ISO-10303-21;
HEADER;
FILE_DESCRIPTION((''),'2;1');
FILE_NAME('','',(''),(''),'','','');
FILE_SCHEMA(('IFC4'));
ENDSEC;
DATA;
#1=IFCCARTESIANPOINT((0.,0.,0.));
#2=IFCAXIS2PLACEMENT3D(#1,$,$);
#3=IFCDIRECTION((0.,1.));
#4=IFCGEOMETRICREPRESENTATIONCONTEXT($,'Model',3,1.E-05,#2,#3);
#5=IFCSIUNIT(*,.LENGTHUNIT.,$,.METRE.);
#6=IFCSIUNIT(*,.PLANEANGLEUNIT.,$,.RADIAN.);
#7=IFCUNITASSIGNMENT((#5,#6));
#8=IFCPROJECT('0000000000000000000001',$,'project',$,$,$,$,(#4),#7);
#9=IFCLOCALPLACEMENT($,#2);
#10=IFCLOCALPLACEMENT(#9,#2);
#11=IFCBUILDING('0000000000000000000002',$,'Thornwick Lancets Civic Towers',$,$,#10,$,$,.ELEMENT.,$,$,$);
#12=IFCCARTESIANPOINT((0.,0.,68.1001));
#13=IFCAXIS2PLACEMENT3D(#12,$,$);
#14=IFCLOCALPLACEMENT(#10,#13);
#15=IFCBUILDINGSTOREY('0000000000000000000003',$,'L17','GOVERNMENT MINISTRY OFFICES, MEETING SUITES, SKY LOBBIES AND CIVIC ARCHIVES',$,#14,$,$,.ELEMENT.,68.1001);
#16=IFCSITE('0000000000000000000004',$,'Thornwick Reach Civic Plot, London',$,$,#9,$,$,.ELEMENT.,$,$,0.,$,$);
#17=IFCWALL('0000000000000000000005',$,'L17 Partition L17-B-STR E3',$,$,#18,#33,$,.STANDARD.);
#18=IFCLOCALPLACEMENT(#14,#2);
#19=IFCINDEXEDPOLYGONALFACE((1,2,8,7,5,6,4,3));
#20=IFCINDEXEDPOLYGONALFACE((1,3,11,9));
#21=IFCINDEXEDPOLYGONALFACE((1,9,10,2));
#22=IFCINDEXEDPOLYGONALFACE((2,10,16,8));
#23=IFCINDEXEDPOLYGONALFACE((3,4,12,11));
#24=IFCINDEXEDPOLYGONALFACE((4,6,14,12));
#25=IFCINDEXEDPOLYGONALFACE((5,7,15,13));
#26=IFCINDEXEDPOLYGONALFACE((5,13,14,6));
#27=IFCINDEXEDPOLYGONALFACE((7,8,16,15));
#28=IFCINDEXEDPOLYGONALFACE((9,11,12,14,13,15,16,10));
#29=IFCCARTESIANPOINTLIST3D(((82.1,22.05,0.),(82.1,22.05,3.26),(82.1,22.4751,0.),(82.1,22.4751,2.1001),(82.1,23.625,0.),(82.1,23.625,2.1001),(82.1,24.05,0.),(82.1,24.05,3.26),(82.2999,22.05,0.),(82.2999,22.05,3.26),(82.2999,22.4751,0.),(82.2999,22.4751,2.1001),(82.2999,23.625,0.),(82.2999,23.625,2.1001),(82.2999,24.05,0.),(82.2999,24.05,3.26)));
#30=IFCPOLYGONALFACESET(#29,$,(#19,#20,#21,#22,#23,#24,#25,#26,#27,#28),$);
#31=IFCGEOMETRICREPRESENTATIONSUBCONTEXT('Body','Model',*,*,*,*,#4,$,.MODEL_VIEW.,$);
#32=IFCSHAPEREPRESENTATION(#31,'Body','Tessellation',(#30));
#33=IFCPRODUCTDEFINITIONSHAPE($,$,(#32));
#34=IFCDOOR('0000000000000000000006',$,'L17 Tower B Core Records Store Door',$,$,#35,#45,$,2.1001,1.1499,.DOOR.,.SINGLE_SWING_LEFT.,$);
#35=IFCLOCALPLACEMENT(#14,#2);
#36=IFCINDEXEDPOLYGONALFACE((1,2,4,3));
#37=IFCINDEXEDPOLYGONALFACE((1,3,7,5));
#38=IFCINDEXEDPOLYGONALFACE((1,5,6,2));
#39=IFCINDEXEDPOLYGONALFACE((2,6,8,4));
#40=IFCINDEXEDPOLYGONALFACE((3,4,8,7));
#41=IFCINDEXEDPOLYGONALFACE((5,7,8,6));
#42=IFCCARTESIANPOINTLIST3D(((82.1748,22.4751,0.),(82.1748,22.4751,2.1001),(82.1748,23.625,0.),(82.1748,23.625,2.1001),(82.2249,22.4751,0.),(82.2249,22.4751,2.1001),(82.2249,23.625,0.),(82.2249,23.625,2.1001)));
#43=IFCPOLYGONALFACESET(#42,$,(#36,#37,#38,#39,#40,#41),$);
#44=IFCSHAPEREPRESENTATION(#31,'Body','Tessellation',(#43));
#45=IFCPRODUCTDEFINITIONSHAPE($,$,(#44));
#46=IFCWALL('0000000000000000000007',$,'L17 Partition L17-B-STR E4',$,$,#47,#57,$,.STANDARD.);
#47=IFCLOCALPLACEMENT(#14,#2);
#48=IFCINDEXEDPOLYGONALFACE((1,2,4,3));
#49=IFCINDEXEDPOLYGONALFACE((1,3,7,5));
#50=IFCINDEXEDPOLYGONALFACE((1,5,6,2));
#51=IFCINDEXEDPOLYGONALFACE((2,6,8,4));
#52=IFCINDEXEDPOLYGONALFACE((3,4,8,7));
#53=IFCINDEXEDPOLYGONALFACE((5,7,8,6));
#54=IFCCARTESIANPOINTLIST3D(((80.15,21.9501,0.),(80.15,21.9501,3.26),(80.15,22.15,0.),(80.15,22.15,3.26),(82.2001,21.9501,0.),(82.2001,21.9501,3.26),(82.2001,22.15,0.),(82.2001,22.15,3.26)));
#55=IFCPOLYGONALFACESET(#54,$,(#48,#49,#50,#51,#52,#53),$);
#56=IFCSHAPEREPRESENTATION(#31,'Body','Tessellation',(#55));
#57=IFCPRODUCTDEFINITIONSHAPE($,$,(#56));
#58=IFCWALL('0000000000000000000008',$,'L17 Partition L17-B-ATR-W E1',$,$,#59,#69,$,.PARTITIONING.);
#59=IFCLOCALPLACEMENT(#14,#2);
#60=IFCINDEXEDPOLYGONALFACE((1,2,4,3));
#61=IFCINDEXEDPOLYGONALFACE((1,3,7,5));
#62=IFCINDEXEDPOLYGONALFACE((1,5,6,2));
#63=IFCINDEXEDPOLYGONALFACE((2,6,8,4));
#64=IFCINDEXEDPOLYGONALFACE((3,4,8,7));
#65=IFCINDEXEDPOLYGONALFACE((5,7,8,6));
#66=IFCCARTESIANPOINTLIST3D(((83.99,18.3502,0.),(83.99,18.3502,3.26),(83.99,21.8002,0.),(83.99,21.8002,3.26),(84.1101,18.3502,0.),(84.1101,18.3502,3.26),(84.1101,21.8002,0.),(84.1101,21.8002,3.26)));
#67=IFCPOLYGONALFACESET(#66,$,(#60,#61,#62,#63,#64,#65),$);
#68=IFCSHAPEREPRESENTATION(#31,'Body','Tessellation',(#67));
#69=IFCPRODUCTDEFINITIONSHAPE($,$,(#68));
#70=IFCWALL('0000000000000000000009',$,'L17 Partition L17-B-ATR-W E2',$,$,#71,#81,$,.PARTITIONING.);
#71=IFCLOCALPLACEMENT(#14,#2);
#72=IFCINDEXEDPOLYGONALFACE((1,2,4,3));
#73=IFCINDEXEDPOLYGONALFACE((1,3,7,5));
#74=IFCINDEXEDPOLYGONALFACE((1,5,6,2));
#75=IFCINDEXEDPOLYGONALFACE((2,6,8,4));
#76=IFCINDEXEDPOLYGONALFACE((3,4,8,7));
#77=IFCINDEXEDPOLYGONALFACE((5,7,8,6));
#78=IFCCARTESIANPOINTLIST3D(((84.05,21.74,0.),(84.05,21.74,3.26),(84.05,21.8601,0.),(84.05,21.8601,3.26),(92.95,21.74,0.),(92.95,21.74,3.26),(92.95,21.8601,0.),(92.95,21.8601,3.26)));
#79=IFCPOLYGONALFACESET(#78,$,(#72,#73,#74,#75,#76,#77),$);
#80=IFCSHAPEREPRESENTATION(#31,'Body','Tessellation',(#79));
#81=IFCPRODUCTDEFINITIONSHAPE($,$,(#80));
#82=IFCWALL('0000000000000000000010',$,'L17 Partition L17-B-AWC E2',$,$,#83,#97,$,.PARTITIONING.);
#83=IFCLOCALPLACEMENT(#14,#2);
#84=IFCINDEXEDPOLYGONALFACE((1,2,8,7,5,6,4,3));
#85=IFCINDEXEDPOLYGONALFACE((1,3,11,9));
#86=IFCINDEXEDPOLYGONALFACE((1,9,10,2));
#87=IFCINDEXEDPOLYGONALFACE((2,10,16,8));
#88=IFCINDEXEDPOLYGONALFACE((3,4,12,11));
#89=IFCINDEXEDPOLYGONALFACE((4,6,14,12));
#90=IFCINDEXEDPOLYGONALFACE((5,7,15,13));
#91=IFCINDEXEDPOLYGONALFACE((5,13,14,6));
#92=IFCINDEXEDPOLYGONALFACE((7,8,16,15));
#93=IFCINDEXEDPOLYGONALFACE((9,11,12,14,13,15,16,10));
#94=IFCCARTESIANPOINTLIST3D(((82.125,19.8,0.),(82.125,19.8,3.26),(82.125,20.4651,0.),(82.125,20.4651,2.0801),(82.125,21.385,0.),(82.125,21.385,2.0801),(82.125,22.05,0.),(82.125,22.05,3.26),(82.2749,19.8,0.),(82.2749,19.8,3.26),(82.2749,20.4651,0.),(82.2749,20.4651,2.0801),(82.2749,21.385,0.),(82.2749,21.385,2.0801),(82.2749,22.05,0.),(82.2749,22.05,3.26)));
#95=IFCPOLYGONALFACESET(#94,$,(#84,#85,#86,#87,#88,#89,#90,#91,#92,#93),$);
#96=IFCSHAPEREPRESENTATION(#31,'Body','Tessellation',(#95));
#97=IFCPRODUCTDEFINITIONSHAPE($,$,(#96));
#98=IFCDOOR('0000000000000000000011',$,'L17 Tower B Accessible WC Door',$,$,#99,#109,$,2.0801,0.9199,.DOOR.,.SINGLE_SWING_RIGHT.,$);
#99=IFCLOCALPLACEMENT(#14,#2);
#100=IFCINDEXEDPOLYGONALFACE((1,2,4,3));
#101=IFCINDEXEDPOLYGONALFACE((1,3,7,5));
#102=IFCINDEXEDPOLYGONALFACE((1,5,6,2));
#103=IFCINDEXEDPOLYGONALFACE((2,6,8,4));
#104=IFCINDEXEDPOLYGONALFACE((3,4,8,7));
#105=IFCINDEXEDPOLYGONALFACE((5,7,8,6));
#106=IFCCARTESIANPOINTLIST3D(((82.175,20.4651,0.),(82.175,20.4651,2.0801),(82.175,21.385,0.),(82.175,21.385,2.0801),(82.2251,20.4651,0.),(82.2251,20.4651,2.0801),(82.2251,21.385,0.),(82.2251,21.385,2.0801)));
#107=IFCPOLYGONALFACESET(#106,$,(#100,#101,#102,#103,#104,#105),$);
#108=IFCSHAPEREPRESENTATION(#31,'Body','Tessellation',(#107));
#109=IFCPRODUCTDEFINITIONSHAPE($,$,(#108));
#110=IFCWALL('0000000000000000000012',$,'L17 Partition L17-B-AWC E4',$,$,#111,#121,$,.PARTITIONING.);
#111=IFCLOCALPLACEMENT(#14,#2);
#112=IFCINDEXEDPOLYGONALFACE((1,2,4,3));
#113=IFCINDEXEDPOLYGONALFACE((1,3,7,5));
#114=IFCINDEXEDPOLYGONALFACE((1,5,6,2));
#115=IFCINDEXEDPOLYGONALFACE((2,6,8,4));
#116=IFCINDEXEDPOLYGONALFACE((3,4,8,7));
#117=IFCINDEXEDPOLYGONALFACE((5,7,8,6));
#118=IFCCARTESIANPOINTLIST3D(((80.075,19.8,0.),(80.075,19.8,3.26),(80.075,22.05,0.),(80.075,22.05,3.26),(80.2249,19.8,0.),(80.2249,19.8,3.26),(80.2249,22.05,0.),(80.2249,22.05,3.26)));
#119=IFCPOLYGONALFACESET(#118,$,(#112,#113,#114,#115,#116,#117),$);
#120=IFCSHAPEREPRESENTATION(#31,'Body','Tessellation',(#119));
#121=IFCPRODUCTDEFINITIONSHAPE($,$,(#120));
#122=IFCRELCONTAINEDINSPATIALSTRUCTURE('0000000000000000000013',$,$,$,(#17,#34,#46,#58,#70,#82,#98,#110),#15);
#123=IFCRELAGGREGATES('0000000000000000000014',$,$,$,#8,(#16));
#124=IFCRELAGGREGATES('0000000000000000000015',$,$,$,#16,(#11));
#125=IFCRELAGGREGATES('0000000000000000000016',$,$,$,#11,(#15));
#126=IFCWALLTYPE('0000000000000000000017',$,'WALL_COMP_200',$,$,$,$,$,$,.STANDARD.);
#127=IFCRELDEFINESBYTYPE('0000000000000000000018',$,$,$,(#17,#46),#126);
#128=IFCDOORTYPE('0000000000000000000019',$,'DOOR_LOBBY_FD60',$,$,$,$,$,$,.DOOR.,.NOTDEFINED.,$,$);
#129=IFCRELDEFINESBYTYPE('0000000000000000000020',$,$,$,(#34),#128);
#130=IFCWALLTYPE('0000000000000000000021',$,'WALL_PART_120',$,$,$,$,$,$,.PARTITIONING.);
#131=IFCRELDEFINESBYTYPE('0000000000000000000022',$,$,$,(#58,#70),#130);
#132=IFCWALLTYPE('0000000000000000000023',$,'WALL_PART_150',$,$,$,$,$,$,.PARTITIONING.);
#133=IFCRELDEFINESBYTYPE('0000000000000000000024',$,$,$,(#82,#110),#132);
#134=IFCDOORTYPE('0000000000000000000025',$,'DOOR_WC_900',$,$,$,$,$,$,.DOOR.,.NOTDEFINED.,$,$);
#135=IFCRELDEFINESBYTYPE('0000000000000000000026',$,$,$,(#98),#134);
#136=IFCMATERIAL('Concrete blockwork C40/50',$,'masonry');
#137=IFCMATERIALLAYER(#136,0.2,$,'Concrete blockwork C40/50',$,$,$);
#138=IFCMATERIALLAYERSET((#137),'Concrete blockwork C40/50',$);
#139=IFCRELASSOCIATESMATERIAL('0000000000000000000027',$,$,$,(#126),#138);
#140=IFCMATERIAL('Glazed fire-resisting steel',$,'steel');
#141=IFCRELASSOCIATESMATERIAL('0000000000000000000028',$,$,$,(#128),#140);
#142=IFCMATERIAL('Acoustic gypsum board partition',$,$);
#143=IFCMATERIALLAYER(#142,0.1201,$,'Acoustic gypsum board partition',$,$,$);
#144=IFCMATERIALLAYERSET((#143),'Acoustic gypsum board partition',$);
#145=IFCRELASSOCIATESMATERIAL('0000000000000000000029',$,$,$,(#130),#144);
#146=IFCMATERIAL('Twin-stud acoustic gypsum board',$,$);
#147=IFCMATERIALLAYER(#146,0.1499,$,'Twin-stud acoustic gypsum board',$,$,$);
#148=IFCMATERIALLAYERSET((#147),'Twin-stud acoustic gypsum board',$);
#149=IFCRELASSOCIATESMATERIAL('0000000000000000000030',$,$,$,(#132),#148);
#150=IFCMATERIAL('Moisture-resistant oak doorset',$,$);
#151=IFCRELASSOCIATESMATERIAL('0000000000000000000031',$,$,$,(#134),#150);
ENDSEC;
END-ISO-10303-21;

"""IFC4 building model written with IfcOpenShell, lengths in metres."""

from ifc_helpers import new_model, si_unit, direction, frame, frame_2d, origin, place, context, subcontext, project, spatial, rectangle, extrude, material, layer, layer_set, type_object, element, fill, save


model = new_model("IFC4")

# Units and contexts
model_context = context("Model", 3, precision=1e-05, world=origin(), true_north=direction((0.0, 1.0)))
body_context = subcontext(model_context, "Body", "Model", "MODEL_VIEW")
ifc_project = project(units=[si_unit("LENGTHUNIT", "METRE"), si_unit("PLANEANGLEUNIT", "RADIAN")], contexts=[model_context])

# Site, building, storey
site_placement = place(None, origin())
site = spatial("IfcSite", under=ifc_project, at=site_placement, Name="Thornwick Reach Civic Plot, London", CompositionType="ELEMENT", RefElevation=0.0)
building_placement = place(site_placement, origin())
building = spatial("IfcBuilding", under=site, at=building_placement, Name="Thornwick Lancets Civic Towers", CompositionType="ELEMENT")
storey_placement = place(building_placement, frame((0.0, 0.0, 68.1001)))
storey = spatial("IfcBuildingStorey", under=building, at=storey_placement, Name="L17", Description="GOVERNMENT MINISTRY OFFICES, MEETING SUITES, SKY LOBBIES AND CIVIC ARCHIVES", CompositionType="ELEMENT", Elevation=68.1001)

# Shared definitions
ifc_material_1 = material(Name="Concrete blockwork C40/50", Category="masonry")
ifc_layer_1 = layer(ifc_material_1, 0.2, Name="Concrete blockwork C40/50")
ifc_layer_set_1 = layer_set([ifc_layer_1], Name="Concrete blockwork C40/50")
wall_type_1 = type_object("IfcWallType", Name="WALL_COMP_200", PredefinedType="STANDARD", material=ifc_layer_set_1)

# Wall, opening, door
wall_1_placement = place(storey_placement, frame((82.2, 24.05, 0.0), z_axis=(0.0, 0.0, 1.0), x_axis=(0.0, -1.0, 0.0)))
wall_1 = element("IfcWall", 1, at=wall_1_placement, inside=storey, type_object=wall_type_1, Name="L17 Partition L17-B-STR E3", PredefinedType="STANDARD", context=body_context, shape_type="SweptSolid", body=[
    extrude(rectangle(XDim=2.0, YDim=0.2, at=frame_2d((1.0, 0.0))), origin(), (0.0, 0.0, 1.0), 3.26),
])
opening_1_placement = place(wall_1_placement, frame((0.425, 0.0, 0.0)))
opening_1 = element("IfcOpeningElement", 2, at=opening_1_placement, cuts=wall_1, PredefinedType="OPENING", context=body_context, shape_type="SweptSolid", body=[
    extrude(rectangle(XDim=1.1499, YDim=2.1001, at=frame_2d((0.575, 1.05))), frame((0.0, 0.1099, 0.0), z_axis=(0.0, -1.0, 0.0), x_axis=(1.0, 0.0, 0.0)), (0.0, 0.0, 1.0), 0.22),
])
ifc_material_2 = material(Name="Glazed fire-resisting steel", Category="steel")
door_type_1 = type_object("IfcDoorType", Name="DOOR_LOBBY_FD60", OperationType="NOTDEFINED", PredefinedType="DOOR", material=ifc_material_2)
door_1_placement = place(opening_1_placement, origin())
door_1 = element("IfcDoor", 3, at=door_1_placement, inside=storey, type_object=door_type_1, Name="L17 Tower B Core Records Store Door", OperationType="SINGLE_SWING_LEFT", OverallHeight=2.1001, OverallWidth=1.1499, PredefinedType="DOOR", context=body_context, shape_type="SweptSolid", body=[
    extrude(rectangle(XDim=1.1499, YDim=2.1001, at=frame_2d((0.575, 1.05))), frame((0.0, 0.0249, 0.0), z_axis=(0.0, -1.0, 0.0), x_axis=(1.0, 0.0, 0.0)), (0.0, 0.0, 1.0), 0.05),
])
fill(opening_1, door_1)

# Walls
wall_2_placement = place(storey_placement, frame((82.2, 22.05, 0.0), z_axis=(0.0, 0.0, 1.0), x_axis=(-1.0, 0.0, 0.0)))
element("IfcWall", 4, at=wall_2_placement, inside=storey, type_object=wall_type_1, Name="L17 Partition L17-B-STR E4", PredefinedType="STANDARD", context=body_context, shape_type="SweptSolid", body=[
    extrude(rectangle(XDim=2.05, YDim=0.2, at=frame_2d((1.0249, 0.0))), origin(), (0.0, 0.0, 1.0), 3.26),
])
ifc_material_3 = material(Name="Acoustic gypsum board partition")
ifc_layer_2 = layer(ifc_material_3, 0.1201, Name="Acoustic gypsum board partition")
ifc_layer_set_2 = layer_set([ifc_layer_2], Name="Acoustic gypsum board partition")
wall_type_2 = type_object("IfcWallType", Name="WALL_PART_120", PredefinedType="PARTITIONING", material=ifc_layer_set_2)
wall_3_placement = place(storey_placement, frame((84.05, 18.3501, 0.0), z_axis=(0.0, 0.0, 1.0), x_axis=(0.0, 1.0, 0.0)))
element("IfcWall", 5, at=wall_3_placement, inside=storey, type_object=wall_type_2, Name="L17 Partition L17-B-ATR-W E1", PredefinedType="PARTITIONING", context=body_context, shape_type="SweptSolid", body=[
    extrude(rectangle(XDim=3.45, YDim=0.1201, at=frame_2d((1.7251, 0.0))), origin(), (0.0, 0.0, 1.0), 3.26),
])
wall_4_placement = place(storey_placement, frame((84.05, 21.8, 0.0), z_axis=(0.0, 0.0, 1.0), x_axis=(1.0, 0.0, 0.0)))
element("IfcWall", 6, at=wall_4_placement, inside=storey, type_object=wall_type_2, Name="L17 Partition L17-B-ATR-W E2", PredefinedType="PARTITIONING", context=body_context, shape_type="SweptSolid", body=[
    extrude(rectangle(XDim=8.8999, YDim=0.1201, at=frame_2d((4.45, 0.0))), origin(), (0.0, 0.0, 1.0), 3.26),
])

# Wall, opening, door
ifc_material_4 = material(Name="Twin-stud acoustic gypsum board")
ifc_layer_3 = layer(ifc_material_4, 0.1499, Name="Twin-stud acoustic gypsum board")
ifc_layer_set_3 = layer_set([ifc_layer_3], Name="Twin-stud acoustic gypsum board")
wall_type_3 = type_object("IfcWallType", Name="WALL_PART_150", PredefinedType="PARTITIONING", material=ifc_layer_set_3)
wall_5_placement = place(storey_placement, frame((82.2, 19.8, 0.0), z_axis=(0.0, 0.0, 1.0), x_axis=(0.0, 1.0, 0.0)))
wall_5 = element("IfcWall", 7, at=wall_5_placement, inside=storey, type_object=wall_type_3, Name="L17 Partition L17-B-AWC E2", PredefinedType="PARTITIONING", context=body_context, shape_type="SweptSolid", body=[
    extrude(rectangle(XDim=2.25, YDim=0.1499, at=frame_2d((1.125, 0.0))), origin(), (0.0, 0.0, 1.0), 3.26),
])
opening_2_placement = place(wall_5_placement, frame((0.665, 0.0, 0.0)))
opening_2 = element("IfcOpeningElement", 8, at=opening_2_placement, cuts=wall_5, PredefinedType="OPENING", context=body_context, shape_type="SweptSolid", body=[
    extrude(rectangle(XDim=0.9199, YDim=2.0801, at=frame_2d((0.46, 1.04))), frame((0.0, 0.085, 0.0), z_axis=(0.0, -1.0, 0.0), x_axis=(1.0, 0.0, 0.0)), (0.0, 0.0, 1.0), 0.1699),
])
ifc_material_5 = material(Name="Moisture-resistant oak doorset")
door_type_2 = type_object("IfcDoorType", Name="DOOR_WC_900", OperationType="NOTDEFINED", PredefinedType="DOOR", material=ifc_material_5)
door_2_placement = place(opening_2_placement, origin())
door_2 = element("IfcDoor", 9, at=door_2_placement, inside=storey, type_object=door_type_2, Name="L17 Tower B Accessible WC Door", OperationType="SINGLE_SWING_RIGHT", OverallHeight=2.0801, OverallWidth=0.9199, PredefinedType="DOOR", context=body_context, shape_type="SweptSolid", body=[
    extrude(rectangle(XDim=0.9199, YDim=2.0801, at=frame_2d((0.46, 1.04))), frame((0.0, 0.0249, 0.0), z_axis=(0.0, -1.0, 0.0), x_axis=(1.0, 0.0, 0.0)), (0.0, 0.0, 1.0), 0.05),
])
fill(opening_2, door_2)

# Wall
wall_6_placement = place(storey_placement, frame((80.1499, 22.05, 0.0), z_axis=(0.0, 0.0, 1.0), x_axis=(0.0, -1.0, 0.0)))
element("IfcWall", 10, at=wall_6_placement, inside=storey, type_object=wall_type_3, Name="L17 Partition L17-B-AWC E4", PredefinedType="PARTITIONING", context=body_context, shape_type="SweptSolid", body=[
    extrude(rectangle(XDim=2.25, YDim=0.1499, at=frame_2d((1.125, 0.0))), origin(), (0.0, 0.0, 1.0), 3.26),
])

save(model, "model.ifc")
